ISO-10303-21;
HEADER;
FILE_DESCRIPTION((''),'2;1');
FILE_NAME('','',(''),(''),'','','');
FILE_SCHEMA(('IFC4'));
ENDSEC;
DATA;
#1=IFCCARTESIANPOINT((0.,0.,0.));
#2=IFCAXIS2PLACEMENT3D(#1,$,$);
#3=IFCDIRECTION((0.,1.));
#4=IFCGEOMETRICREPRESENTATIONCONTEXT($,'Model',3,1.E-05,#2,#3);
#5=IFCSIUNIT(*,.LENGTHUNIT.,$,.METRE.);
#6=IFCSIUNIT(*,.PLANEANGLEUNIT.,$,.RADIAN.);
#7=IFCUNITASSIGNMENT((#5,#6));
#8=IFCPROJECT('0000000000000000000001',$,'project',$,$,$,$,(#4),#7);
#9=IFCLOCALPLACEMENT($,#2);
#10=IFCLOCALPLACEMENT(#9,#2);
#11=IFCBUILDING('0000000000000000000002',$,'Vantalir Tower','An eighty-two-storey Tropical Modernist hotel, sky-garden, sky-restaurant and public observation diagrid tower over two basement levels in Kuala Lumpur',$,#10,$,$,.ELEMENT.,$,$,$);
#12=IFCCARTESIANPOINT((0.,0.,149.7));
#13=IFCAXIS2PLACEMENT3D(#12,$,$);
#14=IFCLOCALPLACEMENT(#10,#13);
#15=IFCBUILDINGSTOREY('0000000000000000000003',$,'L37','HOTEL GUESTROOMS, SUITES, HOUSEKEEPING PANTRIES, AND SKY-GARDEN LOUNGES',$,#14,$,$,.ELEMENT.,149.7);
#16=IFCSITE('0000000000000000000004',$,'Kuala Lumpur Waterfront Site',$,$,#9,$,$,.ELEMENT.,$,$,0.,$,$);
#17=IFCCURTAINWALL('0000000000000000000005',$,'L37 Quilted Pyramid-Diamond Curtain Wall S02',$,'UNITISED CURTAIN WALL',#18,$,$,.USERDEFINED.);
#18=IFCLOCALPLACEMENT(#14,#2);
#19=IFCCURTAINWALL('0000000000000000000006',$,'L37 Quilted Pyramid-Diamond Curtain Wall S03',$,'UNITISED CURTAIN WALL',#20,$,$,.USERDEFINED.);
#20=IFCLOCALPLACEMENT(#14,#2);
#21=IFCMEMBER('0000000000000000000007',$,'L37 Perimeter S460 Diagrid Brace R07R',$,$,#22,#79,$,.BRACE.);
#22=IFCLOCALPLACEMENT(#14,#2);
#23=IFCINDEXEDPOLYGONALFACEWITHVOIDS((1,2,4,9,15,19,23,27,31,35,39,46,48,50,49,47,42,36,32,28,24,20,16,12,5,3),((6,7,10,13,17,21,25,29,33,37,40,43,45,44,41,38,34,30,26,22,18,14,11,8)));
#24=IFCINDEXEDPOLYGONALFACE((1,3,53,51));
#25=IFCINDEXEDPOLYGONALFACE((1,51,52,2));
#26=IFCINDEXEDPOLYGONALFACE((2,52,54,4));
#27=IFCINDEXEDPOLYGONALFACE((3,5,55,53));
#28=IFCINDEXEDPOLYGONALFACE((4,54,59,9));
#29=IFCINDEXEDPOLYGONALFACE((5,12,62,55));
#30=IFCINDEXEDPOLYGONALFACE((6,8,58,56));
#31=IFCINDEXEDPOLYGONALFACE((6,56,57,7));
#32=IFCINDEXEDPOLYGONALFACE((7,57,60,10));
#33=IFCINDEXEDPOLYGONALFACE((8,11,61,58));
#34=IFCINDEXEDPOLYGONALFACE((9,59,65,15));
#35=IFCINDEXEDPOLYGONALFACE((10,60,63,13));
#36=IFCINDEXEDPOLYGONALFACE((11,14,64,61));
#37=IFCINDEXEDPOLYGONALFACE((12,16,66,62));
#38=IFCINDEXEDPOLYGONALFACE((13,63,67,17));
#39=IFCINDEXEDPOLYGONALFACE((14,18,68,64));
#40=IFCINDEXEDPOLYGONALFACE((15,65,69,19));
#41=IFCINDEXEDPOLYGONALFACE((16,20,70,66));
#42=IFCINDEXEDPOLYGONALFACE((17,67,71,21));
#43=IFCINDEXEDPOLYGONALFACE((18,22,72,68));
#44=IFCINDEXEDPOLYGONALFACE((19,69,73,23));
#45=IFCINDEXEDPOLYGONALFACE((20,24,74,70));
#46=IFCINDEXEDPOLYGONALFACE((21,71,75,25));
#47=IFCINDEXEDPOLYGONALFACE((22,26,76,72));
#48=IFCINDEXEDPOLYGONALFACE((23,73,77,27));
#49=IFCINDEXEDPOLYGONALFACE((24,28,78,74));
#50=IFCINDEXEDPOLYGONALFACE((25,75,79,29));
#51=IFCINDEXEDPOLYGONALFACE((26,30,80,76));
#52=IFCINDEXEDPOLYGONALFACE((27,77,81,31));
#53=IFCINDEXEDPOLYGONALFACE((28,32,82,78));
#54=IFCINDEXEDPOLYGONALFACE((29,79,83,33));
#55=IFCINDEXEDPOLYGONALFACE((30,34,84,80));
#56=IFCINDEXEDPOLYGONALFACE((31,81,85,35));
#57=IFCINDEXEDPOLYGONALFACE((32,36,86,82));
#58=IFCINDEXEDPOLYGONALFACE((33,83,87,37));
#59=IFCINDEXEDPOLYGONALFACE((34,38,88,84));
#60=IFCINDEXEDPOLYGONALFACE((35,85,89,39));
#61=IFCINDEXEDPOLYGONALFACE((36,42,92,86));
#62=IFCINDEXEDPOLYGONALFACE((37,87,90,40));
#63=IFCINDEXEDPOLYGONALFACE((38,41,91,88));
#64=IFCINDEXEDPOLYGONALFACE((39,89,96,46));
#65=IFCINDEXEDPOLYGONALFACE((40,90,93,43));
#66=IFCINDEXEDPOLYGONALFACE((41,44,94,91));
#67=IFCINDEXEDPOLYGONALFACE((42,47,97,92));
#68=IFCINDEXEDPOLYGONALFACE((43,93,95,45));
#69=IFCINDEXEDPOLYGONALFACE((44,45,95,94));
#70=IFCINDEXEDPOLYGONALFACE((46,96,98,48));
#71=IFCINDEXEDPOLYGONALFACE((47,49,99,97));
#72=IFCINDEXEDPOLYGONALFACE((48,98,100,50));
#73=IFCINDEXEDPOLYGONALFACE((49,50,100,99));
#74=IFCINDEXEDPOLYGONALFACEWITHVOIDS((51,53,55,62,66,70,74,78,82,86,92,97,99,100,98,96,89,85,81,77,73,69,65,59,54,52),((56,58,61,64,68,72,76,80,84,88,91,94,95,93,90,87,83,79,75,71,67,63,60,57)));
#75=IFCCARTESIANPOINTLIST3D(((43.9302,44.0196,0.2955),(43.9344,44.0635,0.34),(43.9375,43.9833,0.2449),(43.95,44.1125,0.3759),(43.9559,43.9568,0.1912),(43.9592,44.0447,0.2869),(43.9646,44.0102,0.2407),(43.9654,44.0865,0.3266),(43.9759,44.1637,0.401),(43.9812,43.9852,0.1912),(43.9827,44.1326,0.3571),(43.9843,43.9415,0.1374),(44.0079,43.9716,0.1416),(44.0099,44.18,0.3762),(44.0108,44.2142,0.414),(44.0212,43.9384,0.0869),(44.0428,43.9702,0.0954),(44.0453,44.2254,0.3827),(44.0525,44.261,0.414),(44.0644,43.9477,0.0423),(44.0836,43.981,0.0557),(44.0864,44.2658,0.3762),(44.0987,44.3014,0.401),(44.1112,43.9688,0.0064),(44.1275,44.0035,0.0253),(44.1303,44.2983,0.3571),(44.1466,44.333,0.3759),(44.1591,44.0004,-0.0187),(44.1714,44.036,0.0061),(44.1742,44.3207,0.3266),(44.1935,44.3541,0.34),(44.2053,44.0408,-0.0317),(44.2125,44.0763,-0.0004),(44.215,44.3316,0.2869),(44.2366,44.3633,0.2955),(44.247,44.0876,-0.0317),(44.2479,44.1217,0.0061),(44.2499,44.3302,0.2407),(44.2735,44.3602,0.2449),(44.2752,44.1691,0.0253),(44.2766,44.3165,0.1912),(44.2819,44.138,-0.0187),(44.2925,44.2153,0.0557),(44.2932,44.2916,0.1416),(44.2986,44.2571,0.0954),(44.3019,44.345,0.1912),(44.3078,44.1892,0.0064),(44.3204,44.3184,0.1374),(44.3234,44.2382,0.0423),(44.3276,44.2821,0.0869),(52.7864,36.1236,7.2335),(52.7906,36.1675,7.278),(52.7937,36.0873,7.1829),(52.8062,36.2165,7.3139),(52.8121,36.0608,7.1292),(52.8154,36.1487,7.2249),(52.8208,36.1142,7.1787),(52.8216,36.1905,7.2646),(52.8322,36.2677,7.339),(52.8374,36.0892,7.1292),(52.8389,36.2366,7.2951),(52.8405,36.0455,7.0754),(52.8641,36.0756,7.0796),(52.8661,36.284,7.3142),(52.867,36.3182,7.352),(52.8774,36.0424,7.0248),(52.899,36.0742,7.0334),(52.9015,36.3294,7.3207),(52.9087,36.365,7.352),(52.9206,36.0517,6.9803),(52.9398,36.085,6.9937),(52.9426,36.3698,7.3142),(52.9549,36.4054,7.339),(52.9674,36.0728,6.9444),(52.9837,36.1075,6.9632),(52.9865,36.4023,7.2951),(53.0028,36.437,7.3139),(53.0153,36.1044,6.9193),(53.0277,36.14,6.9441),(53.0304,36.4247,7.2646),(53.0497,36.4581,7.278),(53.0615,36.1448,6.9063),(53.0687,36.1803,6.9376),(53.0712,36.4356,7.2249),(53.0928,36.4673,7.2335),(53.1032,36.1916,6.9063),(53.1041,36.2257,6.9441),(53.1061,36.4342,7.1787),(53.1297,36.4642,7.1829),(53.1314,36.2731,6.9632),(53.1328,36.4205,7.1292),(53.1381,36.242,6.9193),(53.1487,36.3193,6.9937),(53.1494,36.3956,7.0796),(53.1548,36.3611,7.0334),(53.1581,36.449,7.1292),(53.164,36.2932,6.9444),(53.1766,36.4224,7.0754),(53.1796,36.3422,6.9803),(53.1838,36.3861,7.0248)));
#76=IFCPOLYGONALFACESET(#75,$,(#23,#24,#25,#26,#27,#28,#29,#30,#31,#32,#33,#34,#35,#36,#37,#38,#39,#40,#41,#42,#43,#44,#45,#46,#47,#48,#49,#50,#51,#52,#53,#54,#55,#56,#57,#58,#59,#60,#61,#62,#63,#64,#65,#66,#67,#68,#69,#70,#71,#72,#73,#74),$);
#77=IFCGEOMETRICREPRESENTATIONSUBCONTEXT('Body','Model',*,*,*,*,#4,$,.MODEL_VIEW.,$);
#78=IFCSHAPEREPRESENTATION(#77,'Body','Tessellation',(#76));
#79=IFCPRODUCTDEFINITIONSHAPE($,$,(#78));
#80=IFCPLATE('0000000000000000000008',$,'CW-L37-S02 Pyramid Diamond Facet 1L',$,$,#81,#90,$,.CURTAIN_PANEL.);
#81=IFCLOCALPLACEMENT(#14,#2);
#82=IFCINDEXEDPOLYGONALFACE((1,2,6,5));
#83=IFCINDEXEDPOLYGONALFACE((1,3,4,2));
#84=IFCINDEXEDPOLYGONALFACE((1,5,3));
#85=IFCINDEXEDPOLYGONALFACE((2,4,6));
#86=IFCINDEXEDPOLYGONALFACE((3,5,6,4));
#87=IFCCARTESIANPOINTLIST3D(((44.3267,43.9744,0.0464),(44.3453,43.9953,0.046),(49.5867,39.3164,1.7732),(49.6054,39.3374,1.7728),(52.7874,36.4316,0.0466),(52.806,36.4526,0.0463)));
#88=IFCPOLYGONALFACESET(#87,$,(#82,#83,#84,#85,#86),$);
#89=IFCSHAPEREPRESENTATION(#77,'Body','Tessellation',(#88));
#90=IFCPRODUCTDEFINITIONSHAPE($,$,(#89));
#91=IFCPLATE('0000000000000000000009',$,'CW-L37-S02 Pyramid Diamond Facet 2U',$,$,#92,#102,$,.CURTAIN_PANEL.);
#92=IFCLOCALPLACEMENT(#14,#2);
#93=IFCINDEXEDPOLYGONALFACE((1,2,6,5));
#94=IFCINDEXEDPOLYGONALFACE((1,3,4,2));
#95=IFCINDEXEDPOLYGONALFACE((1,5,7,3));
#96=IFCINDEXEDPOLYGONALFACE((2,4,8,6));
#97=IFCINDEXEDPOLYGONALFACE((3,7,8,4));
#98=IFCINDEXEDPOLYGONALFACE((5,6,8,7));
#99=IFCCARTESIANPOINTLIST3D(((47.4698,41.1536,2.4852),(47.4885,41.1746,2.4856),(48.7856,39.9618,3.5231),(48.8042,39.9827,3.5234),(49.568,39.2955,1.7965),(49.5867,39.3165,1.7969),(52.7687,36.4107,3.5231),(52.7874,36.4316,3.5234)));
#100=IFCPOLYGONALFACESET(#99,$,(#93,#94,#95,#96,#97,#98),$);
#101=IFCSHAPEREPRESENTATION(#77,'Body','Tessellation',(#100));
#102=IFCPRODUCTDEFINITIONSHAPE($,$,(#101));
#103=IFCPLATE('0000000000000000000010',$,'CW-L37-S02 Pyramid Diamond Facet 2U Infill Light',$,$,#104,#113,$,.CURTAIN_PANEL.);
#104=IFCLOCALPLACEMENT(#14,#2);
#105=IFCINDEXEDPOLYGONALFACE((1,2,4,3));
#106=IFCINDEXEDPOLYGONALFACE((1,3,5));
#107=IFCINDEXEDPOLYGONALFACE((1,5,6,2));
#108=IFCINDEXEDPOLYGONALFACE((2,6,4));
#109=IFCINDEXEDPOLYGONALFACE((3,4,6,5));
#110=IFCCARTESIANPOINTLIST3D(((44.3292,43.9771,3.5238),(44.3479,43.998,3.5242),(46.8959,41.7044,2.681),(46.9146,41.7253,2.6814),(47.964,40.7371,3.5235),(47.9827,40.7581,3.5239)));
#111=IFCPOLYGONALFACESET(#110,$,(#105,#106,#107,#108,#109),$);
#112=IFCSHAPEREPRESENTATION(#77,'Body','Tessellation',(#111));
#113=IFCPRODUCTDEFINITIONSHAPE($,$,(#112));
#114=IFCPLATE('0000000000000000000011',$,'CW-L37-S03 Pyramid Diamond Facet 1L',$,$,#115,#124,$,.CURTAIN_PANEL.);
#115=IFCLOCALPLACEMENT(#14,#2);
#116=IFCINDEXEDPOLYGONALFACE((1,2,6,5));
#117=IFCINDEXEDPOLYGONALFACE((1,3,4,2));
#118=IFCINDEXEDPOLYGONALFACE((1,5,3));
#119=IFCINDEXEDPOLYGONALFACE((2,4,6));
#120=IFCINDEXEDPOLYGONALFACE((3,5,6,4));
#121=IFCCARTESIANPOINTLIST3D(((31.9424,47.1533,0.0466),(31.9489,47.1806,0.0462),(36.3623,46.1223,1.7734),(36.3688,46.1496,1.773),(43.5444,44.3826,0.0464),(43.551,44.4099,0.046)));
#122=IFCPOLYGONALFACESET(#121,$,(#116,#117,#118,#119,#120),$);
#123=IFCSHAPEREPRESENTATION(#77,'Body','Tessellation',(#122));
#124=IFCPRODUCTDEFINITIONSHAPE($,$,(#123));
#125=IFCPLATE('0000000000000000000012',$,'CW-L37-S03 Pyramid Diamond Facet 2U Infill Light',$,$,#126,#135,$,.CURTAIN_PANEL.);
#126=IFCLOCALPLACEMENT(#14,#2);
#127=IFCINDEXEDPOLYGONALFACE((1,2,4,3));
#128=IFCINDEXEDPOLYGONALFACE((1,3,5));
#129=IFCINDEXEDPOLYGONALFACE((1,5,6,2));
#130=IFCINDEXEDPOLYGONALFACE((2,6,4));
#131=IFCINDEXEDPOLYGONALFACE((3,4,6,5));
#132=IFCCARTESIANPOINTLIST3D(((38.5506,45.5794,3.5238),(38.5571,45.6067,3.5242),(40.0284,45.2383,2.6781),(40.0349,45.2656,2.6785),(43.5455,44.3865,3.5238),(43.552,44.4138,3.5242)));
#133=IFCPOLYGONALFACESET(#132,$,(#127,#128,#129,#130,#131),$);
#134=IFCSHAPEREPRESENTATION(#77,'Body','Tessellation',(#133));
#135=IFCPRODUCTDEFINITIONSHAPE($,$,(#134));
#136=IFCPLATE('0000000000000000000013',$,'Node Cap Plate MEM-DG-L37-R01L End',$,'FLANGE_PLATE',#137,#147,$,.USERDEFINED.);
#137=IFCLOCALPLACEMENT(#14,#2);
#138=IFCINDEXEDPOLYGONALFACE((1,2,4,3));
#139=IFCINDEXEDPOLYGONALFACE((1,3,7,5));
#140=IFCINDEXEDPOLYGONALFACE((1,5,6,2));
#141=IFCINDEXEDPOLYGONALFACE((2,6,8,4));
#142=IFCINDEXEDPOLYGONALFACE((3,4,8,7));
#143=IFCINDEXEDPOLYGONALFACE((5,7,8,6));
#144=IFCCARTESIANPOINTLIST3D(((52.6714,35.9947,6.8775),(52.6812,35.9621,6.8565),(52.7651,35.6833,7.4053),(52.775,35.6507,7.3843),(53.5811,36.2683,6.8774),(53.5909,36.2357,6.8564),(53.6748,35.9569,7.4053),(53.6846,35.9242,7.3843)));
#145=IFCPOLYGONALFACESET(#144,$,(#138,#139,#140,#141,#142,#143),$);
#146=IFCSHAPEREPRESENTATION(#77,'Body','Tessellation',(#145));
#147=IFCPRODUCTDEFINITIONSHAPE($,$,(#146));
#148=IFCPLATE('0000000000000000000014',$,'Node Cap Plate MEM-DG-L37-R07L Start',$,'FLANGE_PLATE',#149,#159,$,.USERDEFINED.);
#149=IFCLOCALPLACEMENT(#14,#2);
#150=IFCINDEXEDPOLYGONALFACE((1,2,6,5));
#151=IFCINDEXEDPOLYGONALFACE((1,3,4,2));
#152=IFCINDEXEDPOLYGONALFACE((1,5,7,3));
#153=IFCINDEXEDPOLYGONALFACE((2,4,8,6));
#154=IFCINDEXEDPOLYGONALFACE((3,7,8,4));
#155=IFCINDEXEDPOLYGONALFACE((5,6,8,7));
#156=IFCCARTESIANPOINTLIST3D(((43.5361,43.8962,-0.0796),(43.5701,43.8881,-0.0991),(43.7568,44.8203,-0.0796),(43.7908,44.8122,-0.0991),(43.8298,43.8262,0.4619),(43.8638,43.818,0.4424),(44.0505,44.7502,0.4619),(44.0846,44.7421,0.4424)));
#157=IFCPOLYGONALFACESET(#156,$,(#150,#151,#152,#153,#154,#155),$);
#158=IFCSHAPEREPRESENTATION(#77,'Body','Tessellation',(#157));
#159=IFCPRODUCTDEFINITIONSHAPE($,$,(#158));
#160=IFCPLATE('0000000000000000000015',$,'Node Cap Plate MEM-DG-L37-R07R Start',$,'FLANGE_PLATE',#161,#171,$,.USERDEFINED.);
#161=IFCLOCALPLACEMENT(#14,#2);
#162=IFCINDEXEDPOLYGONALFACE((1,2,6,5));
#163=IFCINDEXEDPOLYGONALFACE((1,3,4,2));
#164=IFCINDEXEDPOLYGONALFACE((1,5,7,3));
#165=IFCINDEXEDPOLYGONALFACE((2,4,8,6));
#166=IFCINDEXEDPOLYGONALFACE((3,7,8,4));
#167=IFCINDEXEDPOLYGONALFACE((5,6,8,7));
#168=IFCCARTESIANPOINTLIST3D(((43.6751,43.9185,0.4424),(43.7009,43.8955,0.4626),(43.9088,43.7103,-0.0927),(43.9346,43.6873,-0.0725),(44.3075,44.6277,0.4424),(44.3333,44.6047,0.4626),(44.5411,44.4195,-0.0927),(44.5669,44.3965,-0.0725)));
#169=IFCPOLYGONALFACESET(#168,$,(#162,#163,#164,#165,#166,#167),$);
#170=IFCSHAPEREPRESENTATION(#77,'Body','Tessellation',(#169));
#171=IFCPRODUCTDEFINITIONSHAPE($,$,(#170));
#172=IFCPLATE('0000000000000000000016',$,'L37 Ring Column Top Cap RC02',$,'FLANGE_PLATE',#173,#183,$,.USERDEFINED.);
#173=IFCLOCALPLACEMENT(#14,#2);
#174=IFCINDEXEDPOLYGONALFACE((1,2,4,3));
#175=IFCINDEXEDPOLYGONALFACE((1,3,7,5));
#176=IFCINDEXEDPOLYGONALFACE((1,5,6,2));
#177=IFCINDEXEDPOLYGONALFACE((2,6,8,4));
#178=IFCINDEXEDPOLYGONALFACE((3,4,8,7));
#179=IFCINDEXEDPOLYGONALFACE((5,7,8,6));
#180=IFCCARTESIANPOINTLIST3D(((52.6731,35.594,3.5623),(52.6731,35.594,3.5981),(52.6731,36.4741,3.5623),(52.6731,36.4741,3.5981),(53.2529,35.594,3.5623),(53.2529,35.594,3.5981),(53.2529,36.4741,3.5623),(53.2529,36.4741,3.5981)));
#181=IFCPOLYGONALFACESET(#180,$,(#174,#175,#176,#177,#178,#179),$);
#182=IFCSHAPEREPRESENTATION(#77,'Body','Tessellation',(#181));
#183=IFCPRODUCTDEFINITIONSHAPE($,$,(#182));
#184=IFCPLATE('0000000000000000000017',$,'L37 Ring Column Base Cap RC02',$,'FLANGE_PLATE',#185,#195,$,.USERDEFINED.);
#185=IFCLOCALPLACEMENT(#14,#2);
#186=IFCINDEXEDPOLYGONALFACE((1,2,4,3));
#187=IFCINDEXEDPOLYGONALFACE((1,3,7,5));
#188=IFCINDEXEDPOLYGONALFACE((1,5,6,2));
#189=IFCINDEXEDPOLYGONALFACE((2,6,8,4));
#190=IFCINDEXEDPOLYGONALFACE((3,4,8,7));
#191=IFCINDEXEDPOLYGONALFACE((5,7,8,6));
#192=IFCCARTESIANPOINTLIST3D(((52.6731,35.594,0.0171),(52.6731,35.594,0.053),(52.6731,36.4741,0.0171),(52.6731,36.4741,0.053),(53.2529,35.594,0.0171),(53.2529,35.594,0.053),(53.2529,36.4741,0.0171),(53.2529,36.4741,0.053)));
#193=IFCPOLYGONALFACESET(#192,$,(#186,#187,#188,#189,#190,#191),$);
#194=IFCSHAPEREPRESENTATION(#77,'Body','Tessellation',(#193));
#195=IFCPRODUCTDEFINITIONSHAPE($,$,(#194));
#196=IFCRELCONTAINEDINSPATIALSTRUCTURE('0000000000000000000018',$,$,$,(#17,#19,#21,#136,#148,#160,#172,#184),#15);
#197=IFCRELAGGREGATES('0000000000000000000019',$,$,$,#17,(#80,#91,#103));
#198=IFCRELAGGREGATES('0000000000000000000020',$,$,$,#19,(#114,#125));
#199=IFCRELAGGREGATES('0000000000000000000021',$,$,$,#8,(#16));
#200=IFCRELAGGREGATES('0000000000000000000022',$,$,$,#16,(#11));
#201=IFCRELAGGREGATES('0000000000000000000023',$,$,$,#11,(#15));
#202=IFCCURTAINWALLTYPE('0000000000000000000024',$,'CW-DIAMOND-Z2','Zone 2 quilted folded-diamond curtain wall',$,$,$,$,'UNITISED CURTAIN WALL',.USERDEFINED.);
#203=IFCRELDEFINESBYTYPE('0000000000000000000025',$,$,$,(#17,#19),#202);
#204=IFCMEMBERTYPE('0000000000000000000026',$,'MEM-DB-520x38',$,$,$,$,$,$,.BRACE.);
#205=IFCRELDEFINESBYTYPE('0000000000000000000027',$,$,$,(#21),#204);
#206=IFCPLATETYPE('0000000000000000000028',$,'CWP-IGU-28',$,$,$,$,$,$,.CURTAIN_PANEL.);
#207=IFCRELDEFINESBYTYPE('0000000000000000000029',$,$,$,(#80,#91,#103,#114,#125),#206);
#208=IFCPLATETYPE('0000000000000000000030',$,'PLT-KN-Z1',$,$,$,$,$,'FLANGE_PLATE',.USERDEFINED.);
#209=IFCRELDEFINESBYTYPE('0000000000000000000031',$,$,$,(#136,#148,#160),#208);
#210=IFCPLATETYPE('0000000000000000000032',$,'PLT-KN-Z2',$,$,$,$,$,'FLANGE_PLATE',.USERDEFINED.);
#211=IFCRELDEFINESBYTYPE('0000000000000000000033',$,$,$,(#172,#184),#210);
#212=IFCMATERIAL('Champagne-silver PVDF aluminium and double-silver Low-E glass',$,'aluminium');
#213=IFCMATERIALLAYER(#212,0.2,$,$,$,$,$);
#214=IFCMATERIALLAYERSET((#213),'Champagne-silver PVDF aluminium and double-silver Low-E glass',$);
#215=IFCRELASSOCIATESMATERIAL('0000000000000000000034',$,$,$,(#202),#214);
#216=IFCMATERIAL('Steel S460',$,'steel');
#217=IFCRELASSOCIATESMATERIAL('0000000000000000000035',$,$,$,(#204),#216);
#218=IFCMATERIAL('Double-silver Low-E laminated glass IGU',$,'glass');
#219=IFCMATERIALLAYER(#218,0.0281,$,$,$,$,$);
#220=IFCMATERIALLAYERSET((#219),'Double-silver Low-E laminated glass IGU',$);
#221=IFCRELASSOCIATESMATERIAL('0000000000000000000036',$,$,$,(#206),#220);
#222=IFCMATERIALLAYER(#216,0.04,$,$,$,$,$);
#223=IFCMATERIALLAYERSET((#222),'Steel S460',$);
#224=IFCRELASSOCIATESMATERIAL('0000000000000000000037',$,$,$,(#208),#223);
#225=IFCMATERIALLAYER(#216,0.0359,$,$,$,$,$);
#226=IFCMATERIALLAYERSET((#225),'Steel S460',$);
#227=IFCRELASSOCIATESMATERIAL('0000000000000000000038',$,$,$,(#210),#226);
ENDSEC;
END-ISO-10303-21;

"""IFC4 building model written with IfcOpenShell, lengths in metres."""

from ifc_helpers import new_model, si_unit, direction, frame, origin, origin_2d, place, context, subcontext, project, spatial, polyline, hollow_circle, outline, extrude, material, layer, layer_set, material_profile, profile_set, type_object, element, aggregate, save


model = new_model("IFC4")

# Units and contexts
model_context = context("Model", 3, precision=1e-05, world=origin(), true_north=direction((0.0, 1.0)))
body_context = subcontext(model_context, "Body", "Model", "MODEL_VIEW")
ifc_project = project(units=[si_unit("LENGTHUNIT", "METRE"), si_unit("PLANEANGLEUNIT", "RADIAN")], contexts=[model_context])

# Site, building, storey
site_placement = place(None, origin())
site = spatial("IfcSite", under=ifc_project, at=site_placement, Name="Kuala Lumpur Waterfront Site", CompositionType="ELEMENT", RefElevation=0.0)
building_placement = place(site_placement, origin())
building = spatial("IfcBuilding", under=site, at=building_placement, Name="Vantalir Tower", Description="An eighty-two-storey Tropical Modernist hotel, sky-garden, sky-restaurant and public observation diagrid tower over two basement levels in Kuala Lumpur", CompositionType="ELEMENT")
storey_placement = place(building_placement, frame((0.0, 0.0, 149.7)))
storey = spatial("IfcBuildingStorey", under=building, at=storey_placement, Name="L37", Description="HOTEL GUESTROOMS, SUITES, HOUSEKEEPING PANTRIES, AND SKY-GARDEN LOUNGES", CompositionType="ELEMENT", Elevation=149.7)

# Shared definitions
ifc_material_1 = material(Name="Steel S460", Category="steel")

# Curtain wall
ifc_material_2 = material(Name="Champagne-silver PVDF aluminium and double-silver Low-E glass", Category="aluminium")
ifc_layer_1 = layer(ifc_material_2, 0.2)
ifc_layer_set_1 = layer_set([ifc_layer_1], Name="Champagne-silver PVDF aluminium and double-silver Low-E glass")
curtain_wall_type = type_object("IfcCurtainWallType", Name="CW-DIAMOND-Z2", Description="Zone 2 quilted folded-diamond curtain wall", ElementType="UNITISED CURTAIN WALL", PredefinedType="USERDEFINED", material=ifc_layer_set_1)
curtain_wall_1_placement = place(storey_placement, origin())
curtain_wall_1 = element("IfcCurtainWall", 1, at=curtain_wall_1_placement, inside=storey, type_object=curtain_wall_type, Name="L37 Quilted Pyramid-Diamond Curtain Wall S02", ObjectType="UNITISED CURTAIN WALL", PredefinedType="USERDEFINED")

# Curtain wall
curtain_wall_2_placement = place(storey_placement, origin())
curtain_wall_2 = element("IfcCurtainWall", 2, at=curtain_wall_2_placement, inside=storey, type_object=curtain_wall_type, Name="L37 Quilted Pyramid-Diamond Curtain Wall S03", ObjectType="UNITISED CURTAIN WALL", PredefinedType="USERDEFINED")

# Member
ifc_material_profile_1 = material_profile(ifc_material_1, hollow_circle(Radius=0.26, WallThickness=0.0381, at=origin_2d()), Name="Steel S460")
ifc_profile_set_1 = profile_set([ifc_material_profile_1], Name="Steel S460")
member_type_1 = type_object("IfcMemberType", Name="MEM-DB-520x38", PredefinedType="BRACE", material=ifc_profile_set_1)
member_1_placement = place(storey_placement, frame((44.1289, 44.1509, 0.1912), z_axis=(0.644339, -0.574479, 0.504778), x_axis=(0.665484, 0.746412, 0.0)))
element("IfcMember", 3, at=member_1_placement, inside=storey, type_object=member_type_1, Name="L37 Perimeter S460 Diagrid Brace R07R", PredefinedType="BRACE", context=body_context, shape_type="SweptSolid", body=[
    extrude(hollow_circle(Radius=0.26, WallThickness=0.0381, at=origin_2d()), origin(), (0.0, 0.0, 1.0), 13.7446),
])

# Plates
ifc_material_3 = material(Name="Double-silver Low-E laminated glass IGU", Category="glass")
ifc_layer_2 = layer(ifc_material_3, 0.0281)
ifc_layer_set_2 = layer_set([ifc_layer_2], Name="Double-silver Low-E laminated glass IGU")
plate_type_1 = type_object("IfcPlateType", Name="CWP-IGU-28", PredefinedType="CURTAIN_PANEL", material=ifc_layer_set_2)
plate_1_placement = place(storey_placement, frame((52.7874, 36.4316, 0.0466), z_axis=(-0.665392, -0.746371, 0.013551), x_axis=(-0.74644, 0.665453, -0.000022)))
plate_1 = element("IfcPlate", 4, at=plate_1_placement, type_object=plate_type_1, Name="CW-L37-S02 Pyramid Diamond Facet 1L", PredefinedType="CURTAIN_PANEL", context=body_context, shape_type="SweptSolid", body=[
    extrude(outline(polyline([(0.0, 0.0), (11.3347, 0.0), (4.3088, -1.7268), (0.0, 0.0)])), origin(), (0.0, 0.0, -1.0), 0.0281),
])
plate_2_placement = place(storey_placement, frame((52.7874, 36.4316, 3.5234), z_axis=(0.665405, 0.74636, 0.013547), x_axis=(-0.746428, 0.665466, 0.0)))
plate_2 = element("IfcPlate", 5, at=plate_2_placement, type_object=plate_type_1, Name="CW-L37-S02 Pyramid Diamond Facet 2U", PredefinedType="CURTAIN_PANEL", context=body_context, shape_type="SweptSolid", body=[
    extrude(outline(polyline([(0.0, 0.0), (5.3362, 0.0), (7.1114, -1.0379), (4.3088, -1.7267), (0.0, 0.0)])), origin(), (0.0, 0.0, -1.0), 0.0281),
])
plate_3_placement = place(storey_placement, frame((47.9827, 40.7581, 3.5239), z_axis=(0.665346, 0.746414, 0.013446), x_axis=(-0.746482, 0.665406, 0.00005)))
plate_3 = element("IfcPlate", 6, at=plate_3_placement, type_object=plate_type_1, Name="CW-L37-S02 Pyramid Diamond Facet 2U Infill Light", PredefinedType="CURTAIN_PANEL", context=body_context, shape_type="SweptSolid", body=[
    extrude(outline(polyline([(0.0, 0.0), (4.8692, 0.0), (1.4409, -0.8427), (0.0, 0.0)])), origin(), (0.0, 0.0, -1.0), 0.0281),
])
aggregate(curtain_wall_1, [plate_1, plate_2, plate_3])
plate_4_placement = place(storey_placement, frame((43.5444, 44.3826, 0.0464), z_axis=(-0.232261, -0.972555, 0.013821), x_axis=(-0.972648, 0.232284, 0.00002)))
plate_4 = element("IfcPlate", 7, at=plate_4_placement, type_object=plate_type_1, Name="CW-L37-S03 Pyramid Diamond Facet 1L", PredefinedType="CURTAIN_PANEL", context=body_context, shape_type="SweptSolid", body=[
    extrude(outline(polyline([(0.0, 0.0), (11.9283, 0.0), (7.3898, -1.7271), (0.0, 0.0)])), origin(), (0.0, 0.0, -1.0), 0.0281),
])
plate_5_placement = place(storey_placement, frame((43.552, 44.4138, 3.5242), z_axis=(0.232265, 0.972557, 0.013637), x_axis=(-0.972647, 0.232287, 0.0)))
plate_5 = element("IfcPlate", 8, at=plate_5_placement, type_object=plate_type_1, Name="CW-L37-S03 Pyramid Diamond Facet 2U Infill Light", PredefinedType="CURTAIN_PANEL", context=body_context, shape_type="SweptSolid", body=[
    extrude(outline(polyline([(0.0, 0.0), (5.1353, 0.0), (3.6188, -0.8458), (0.0, 0.0)])), origin(), (0.0, 0.0, -1.0), 0.0281),
])
aggregate(curtain_wall_2, [plate_4, plate_5])

# Plates
ifc_layer_3 = layer(ifc_material_1, 0.04)
ifc_layer_set_3 = layer_set([ifc_layer_3], Name="Steel S460")
plate_type_2 = type_object("IfcPlateType", Name="PLT-KN-Z1", ElementType="FLANGE_PLATE", PredefinedType="USERDEFINED", material=ifc_layer_set_3)
plate_6_placement = place(storey_placement, frame((53.5811, 36.2683, 6.8774), z_axis=(-0.245184, 0.81531, 0.524551), x_axis=(-0.957625, -0.288017, 0.000055)))
element("IfcPlate", 9, at=plate_6_placement, inside=storey, type_object=plate_type_2, Name="Node Cap Plate MEM-DG-L37-R01L End", ObjectType="FLANGE_PLATE", PredefinedType="USERDEFINED", context=body_context, shape_type="SweptSolid", body=[
    extrude(outline(polyline([(0.0, 0.0), (0.9499, 0.0), (0.9499, 0.6199), (0.0, 0.62), (0.0, 0.0)])), origin(), (0.0, 0.0, -1.0), 0.04),
])
plate_7_placement = place(storey_placement, frame((43.7568, 44.8203, -0.0796), z_axis=(-0.849504, 0.202893, 0.487008), x_axis=(-0.232304, -0.972643, 0.0)))
element("IfcPlate", 10, at=plate_7_placement, inside=storey, type_object=plate_type_2, Name="Node Cap Plate MEM-DG-L37-R07L Start", ObjectType="FLANGE_PLATE", PredefinedType="USERDEFINED", context=body_context, shape_type="SweptSolid", body=[
    extrude(outline(polyline([(0.0, 0.0), (0.9501, 0.0), (0.95, 0.62), (-0.0001, 0.62), (0.0, 0.0)])), origin(), (0.0, 0.0, -1.0), 0.04),
])
plate_8_placement = place(storey_placement, frame((43.9346, 43.6873, -0.0725), z_axis=(0.644315, -0.574449, 0.504843), x_axis=(0.665479, 0.746416, 0.0)))
element("IfcPlate", 11, at=plate_8_placement, inside=storey, type_object=plate_type_2, Name="Node Cap Plate MEM-DG-L37-R07R Start", ObjectType="FLANGE_PLATE", PredefinedType="USERDEFINED", context=body_context, shape_type="SweptSolid", body=[
    extrude(outline(polyline([(0.0, 0.0), (0.9502, 0.0), (0.9501, 0.62), (0.0, 0.62), (0.0, 0.0)])), origin(), (0.0, 0.0, -1.0), 0.04),
])
ifc_layer_4 = layer(ifc_material_1, 0.0359)
ifc_layer_set_4 = layer_set([ifc_layer_4], Name="Steel S460")
plate_type_3 = type_object("IfcPlateType", Name="PLT-KN-Z2", ElementType="FLANGE_PLATE", PredefinedType="USERDEFINED", material=ifc_layer_set_4)
for number, where, z_axis, x_axis, name in (
    (12, (52.6731, 36.4741, 3.5981), (0.0, 0.0, 1.0), (0.0, -1.0, 0.0), "L37 Ring Column Top Cap RC02"),
    (13, (52.6731, 36.4741, 0.053), (0.0, 0.0, 1.0), (0.0, -1.0, 0.0), "L37 Ring Column Base Cap RC02"),
):
    element("IfcPlate", number, at=place(storey_placement, frame(where, z_axis=z_axis, x_axis=x_axis)), inside=storey, type_object=plate_type_3, Name=name, ObjectType="FLANGE_PLATE", PredefinedType="USERDEFINED", context=body_context, shape_type="SweptSolid", body=[
        extrude(outline(polyline([(0.0, 0.0), (0.8801, 0.0), (0.8801, 0.5798), (0.0, 0.5798), (0.0, 0.0)])), origin(), (0.0, 0.0, -1.0), 0.0359),
    ])

save(model, "model.ifc")
